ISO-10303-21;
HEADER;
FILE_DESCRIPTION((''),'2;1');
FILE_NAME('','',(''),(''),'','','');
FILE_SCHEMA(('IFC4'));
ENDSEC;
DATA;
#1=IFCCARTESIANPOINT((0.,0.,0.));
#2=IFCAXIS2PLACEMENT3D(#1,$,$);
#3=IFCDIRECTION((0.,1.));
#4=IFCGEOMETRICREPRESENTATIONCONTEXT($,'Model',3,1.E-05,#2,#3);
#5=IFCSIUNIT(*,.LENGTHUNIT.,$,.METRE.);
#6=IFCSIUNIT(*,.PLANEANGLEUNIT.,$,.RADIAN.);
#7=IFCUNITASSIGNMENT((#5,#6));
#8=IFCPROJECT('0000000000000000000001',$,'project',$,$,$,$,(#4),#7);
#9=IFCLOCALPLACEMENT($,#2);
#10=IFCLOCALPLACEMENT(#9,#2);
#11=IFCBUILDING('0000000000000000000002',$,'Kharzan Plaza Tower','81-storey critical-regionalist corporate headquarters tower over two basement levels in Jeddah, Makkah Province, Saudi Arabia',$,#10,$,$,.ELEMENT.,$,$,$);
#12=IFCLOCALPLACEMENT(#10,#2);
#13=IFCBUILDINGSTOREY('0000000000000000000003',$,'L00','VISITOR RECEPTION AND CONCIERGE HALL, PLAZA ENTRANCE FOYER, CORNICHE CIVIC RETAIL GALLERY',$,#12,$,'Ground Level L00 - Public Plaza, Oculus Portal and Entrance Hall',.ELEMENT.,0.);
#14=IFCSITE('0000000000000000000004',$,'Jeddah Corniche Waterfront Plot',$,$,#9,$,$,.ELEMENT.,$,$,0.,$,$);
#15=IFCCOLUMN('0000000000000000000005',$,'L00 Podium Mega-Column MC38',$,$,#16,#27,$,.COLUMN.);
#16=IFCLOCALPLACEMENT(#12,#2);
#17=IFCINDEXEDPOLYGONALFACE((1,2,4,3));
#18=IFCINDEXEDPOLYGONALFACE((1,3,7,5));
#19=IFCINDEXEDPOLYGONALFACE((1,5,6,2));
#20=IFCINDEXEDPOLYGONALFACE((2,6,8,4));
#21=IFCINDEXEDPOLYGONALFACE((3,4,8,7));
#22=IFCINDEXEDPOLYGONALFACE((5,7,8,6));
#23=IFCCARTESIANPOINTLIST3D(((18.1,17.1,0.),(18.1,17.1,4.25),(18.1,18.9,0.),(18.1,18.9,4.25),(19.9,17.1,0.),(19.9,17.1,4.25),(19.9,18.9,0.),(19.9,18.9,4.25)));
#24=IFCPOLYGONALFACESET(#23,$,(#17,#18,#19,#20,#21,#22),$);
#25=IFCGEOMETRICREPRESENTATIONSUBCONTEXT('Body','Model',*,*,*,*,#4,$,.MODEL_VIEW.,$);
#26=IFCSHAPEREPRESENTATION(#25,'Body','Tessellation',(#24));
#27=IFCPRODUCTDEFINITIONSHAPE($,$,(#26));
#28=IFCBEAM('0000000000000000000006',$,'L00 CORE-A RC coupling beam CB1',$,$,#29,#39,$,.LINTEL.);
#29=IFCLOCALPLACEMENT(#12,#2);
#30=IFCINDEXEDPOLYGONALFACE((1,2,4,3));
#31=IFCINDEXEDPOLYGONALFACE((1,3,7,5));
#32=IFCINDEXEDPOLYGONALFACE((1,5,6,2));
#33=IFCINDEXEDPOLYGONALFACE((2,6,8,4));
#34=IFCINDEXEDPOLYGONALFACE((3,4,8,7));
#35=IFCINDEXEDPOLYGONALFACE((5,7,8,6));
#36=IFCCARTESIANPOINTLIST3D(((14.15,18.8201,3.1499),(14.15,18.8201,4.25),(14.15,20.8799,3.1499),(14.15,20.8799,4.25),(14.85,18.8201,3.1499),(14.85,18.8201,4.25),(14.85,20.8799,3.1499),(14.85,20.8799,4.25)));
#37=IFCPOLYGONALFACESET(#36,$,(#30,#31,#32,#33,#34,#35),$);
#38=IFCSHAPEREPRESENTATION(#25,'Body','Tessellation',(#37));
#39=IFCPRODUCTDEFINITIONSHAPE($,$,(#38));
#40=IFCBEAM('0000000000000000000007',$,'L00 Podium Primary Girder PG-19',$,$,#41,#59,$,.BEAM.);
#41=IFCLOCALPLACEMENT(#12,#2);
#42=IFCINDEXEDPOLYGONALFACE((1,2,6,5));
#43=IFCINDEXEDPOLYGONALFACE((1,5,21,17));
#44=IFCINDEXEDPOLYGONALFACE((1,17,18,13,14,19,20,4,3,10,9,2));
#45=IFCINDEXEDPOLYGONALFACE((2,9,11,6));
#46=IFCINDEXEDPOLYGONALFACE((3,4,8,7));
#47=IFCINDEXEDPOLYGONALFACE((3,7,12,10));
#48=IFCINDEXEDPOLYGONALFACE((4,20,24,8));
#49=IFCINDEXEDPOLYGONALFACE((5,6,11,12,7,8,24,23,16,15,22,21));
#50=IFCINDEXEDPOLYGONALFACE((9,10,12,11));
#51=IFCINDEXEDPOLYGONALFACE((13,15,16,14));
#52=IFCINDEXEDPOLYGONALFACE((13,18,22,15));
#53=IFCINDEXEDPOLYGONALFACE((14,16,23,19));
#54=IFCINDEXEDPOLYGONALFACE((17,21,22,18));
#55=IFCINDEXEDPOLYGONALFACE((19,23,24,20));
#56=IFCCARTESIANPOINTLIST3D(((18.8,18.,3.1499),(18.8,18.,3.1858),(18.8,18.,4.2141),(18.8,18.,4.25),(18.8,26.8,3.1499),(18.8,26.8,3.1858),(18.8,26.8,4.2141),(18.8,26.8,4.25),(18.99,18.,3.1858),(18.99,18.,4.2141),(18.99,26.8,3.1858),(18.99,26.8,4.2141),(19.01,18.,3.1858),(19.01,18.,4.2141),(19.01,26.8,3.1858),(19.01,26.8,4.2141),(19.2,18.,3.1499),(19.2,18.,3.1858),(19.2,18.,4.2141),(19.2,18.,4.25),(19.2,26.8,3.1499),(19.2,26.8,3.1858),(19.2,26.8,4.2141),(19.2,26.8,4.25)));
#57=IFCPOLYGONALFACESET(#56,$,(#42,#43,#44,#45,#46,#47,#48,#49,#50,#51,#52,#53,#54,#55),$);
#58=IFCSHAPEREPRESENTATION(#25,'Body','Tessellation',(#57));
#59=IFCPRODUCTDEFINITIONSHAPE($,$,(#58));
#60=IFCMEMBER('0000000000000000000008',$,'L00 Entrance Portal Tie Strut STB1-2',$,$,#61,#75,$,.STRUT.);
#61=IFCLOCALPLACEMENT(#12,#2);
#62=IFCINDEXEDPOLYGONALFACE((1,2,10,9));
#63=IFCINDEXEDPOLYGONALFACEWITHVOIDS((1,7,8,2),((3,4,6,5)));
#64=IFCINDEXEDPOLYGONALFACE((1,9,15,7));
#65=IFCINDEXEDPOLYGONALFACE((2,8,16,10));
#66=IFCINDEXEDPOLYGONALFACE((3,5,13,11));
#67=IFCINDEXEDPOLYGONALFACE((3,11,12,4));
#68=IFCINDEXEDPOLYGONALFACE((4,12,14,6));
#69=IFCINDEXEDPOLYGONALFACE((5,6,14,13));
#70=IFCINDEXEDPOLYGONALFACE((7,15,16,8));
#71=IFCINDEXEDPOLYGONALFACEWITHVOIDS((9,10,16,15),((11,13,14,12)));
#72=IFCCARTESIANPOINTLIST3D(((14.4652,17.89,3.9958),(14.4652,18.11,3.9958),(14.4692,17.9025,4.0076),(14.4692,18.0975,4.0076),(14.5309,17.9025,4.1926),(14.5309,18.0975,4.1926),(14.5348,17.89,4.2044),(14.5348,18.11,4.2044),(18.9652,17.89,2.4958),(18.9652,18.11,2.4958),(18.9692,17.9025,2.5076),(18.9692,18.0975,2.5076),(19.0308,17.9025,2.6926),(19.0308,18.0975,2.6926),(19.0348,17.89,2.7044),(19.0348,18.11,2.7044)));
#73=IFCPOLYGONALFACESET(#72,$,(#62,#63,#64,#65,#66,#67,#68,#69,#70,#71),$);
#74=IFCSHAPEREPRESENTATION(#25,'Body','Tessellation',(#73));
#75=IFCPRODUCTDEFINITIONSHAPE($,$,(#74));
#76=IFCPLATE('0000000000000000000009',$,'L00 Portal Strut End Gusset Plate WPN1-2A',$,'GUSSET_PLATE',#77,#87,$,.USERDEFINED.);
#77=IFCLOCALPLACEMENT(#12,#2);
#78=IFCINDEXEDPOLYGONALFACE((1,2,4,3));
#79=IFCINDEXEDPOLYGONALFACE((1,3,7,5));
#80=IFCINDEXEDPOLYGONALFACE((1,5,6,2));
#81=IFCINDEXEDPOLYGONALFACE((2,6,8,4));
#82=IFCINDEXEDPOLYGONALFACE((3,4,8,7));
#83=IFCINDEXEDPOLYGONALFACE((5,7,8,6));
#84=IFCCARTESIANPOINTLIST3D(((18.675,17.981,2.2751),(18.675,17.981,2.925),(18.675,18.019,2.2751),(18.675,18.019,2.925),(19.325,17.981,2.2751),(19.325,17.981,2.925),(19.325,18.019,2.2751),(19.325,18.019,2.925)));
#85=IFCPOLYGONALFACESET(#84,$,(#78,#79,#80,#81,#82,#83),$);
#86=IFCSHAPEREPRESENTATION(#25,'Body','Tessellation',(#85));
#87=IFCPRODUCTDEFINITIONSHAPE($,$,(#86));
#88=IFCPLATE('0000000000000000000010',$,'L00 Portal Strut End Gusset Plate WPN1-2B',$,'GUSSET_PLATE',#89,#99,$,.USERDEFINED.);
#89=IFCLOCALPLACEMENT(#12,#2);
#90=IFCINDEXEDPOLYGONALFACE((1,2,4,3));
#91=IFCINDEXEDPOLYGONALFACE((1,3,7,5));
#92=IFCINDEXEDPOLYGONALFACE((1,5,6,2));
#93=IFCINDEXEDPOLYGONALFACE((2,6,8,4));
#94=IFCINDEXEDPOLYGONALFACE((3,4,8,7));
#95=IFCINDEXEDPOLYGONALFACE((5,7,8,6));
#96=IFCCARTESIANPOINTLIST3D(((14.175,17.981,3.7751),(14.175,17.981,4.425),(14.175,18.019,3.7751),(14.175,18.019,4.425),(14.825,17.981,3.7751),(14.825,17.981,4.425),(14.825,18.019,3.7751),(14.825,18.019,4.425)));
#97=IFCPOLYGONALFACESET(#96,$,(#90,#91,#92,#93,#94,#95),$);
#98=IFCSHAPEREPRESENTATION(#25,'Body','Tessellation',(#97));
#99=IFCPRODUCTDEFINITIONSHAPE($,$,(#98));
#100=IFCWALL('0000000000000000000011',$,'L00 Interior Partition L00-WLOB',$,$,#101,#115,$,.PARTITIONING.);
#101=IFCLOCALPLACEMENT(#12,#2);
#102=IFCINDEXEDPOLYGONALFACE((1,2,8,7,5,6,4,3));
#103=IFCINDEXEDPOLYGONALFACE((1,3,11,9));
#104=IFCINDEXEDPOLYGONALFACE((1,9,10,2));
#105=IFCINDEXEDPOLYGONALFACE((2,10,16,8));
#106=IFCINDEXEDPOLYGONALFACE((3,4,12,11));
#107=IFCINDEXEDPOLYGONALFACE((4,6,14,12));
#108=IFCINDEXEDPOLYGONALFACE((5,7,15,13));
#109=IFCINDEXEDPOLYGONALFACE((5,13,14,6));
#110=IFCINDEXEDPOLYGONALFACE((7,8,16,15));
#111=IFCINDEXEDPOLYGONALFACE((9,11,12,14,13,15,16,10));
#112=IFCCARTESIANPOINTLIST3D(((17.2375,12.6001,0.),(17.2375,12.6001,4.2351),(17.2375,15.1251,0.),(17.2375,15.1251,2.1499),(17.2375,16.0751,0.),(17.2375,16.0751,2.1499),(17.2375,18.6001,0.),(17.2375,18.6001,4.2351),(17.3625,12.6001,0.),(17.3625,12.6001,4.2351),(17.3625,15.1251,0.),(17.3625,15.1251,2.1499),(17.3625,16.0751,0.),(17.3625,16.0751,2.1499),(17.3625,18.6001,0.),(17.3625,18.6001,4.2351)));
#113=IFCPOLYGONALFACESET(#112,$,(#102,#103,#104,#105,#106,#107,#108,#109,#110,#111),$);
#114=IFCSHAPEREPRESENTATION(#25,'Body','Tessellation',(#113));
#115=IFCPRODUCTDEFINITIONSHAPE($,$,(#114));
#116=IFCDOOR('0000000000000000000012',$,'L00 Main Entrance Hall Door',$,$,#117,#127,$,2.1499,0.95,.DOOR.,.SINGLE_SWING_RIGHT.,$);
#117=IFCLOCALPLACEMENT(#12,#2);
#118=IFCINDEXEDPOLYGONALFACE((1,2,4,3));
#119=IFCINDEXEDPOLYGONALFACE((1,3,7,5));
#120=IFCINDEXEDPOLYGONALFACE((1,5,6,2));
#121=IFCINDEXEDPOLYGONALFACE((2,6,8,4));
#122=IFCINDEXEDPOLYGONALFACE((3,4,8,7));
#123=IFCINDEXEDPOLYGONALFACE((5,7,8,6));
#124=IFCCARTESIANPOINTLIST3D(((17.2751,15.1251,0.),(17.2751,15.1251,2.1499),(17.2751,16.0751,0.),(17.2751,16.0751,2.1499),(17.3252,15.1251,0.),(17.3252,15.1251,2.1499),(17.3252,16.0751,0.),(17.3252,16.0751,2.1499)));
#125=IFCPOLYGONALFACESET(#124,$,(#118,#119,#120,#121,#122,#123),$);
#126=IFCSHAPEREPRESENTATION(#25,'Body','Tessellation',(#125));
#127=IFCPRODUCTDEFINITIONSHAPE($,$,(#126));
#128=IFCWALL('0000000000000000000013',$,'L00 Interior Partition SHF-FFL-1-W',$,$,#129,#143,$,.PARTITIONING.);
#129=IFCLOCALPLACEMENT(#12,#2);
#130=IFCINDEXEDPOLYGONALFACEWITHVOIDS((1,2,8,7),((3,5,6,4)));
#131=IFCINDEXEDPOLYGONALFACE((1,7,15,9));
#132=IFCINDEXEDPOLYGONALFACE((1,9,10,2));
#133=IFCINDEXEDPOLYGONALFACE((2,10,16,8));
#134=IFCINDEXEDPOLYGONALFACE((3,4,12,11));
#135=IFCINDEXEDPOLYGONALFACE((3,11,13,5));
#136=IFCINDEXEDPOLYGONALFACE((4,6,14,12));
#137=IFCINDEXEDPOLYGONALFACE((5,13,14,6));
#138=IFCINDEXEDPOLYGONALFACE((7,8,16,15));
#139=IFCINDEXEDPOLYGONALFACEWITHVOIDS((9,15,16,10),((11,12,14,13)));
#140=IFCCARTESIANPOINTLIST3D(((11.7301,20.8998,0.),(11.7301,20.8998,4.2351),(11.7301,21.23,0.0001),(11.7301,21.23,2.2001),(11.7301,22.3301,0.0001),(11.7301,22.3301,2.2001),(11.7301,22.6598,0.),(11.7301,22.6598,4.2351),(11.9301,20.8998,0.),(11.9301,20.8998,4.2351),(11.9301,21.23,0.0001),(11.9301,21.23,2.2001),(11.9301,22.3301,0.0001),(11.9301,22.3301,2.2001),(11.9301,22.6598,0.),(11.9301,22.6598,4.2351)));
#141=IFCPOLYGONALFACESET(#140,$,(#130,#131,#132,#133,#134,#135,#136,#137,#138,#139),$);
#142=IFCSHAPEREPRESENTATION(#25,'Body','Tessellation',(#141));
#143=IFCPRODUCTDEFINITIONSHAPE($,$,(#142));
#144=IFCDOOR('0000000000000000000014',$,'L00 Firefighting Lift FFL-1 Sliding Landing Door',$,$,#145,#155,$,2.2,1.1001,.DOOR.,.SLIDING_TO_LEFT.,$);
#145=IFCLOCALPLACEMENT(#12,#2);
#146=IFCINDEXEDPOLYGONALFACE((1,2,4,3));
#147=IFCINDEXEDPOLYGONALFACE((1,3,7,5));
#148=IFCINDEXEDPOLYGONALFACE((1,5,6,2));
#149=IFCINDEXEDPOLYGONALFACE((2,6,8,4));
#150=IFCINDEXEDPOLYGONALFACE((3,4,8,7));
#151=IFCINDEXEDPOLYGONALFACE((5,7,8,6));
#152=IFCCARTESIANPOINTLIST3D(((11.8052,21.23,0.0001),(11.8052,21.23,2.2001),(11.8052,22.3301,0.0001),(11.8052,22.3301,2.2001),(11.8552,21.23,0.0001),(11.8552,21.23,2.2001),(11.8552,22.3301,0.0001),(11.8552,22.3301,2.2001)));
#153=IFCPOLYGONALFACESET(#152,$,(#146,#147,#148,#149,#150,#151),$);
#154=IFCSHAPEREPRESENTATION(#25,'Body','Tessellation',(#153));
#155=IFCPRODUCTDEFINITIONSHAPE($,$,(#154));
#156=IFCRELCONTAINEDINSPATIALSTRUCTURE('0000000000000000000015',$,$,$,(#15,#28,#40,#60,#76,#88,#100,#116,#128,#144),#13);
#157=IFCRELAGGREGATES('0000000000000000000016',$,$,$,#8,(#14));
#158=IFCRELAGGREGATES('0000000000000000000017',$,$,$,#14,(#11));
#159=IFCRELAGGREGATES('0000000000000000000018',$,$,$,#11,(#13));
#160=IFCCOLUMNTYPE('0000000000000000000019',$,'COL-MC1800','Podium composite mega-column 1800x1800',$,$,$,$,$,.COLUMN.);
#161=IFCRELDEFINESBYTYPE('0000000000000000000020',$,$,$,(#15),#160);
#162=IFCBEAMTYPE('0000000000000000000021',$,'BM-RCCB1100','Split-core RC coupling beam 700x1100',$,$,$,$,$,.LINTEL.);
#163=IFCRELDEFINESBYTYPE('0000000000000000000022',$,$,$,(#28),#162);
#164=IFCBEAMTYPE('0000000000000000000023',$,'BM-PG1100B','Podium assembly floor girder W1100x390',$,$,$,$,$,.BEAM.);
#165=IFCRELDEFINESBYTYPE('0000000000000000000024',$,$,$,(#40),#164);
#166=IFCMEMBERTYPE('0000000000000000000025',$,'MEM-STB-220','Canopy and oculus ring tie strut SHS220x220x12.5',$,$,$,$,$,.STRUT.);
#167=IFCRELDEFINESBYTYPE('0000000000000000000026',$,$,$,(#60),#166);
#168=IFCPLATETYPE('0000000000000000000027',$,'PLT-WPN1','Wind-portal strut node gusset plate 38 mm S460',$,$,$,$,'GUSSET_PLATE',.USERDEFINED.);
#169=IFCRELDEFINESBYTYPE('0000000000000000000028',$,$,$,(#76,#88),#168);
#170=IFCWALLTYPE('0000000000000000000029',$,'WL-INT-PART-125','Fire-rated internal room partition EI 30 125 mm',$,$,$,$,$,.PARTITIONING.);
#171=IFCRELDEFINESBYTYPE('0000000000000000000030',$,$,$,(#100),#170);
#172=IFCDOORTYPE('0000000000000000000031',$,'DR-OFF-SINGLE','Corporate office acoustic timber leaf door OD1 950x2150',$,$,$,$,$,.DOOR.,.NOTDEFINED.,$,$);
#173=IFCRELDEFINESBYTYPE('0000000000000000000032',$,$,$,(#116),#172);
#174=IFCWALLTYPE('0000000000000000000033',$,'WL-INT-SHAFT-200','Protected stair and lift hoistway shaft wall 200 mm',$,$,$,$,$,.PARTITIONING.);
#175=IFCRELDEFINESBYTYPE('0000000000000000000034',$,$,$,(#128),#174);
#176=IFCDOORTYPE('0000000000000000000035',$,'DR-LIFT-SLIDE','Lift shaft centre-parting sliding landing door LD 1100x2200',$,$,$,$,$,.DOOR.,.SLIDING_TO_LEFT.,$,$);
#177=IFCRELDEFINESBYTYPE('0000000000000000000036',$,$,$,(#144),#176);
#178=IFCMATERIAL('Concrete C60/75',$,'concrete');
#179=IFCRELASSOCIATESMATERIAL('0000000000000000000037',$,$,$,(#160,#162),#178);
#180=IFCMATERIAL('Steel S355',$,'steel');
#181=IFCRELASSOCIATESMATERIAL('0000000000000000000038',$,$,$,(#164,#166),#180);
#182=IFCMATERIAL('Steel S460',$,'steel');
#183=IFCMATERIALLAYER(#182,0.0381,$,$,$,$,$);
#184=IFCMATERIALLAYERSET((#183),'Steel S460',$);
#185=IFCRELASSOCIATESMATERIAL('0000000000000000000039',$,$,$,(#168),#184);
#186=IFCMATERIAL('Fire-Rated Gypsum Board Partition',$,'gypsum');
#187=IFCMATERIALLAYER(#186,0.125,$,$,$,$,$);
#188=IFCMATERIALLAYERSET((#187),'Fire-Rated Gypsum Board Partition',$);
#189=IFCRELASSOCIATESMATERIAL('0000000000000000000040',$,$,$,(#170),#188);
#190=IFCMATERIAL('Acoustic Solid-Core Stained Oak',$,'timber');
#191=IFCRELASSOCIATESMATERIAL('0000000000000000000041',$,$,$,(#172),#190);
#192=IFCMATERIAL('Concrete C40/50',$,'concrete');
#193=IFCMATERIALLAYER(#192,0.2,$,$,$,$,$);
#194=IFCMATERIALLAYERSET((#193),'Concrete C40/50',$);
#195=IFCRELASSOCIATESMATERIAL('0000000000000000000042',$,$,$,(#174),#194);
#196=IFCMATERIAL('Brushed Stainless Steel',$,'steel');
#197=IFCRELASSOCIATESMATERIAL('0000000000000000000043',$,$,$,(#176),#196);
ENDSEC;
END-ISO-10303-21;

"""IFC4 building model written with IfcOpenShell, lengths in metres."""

from ifc_helpers import new_model, si_unit, direction, frame, frame_2d, origin, origin_2d, place, context, subcontext, project, spatial, rectangle, hollow_rectangle, i_section, extrude, source, transform, mapped, material, layer, layer_set, material_profile, profile_set, type_object, element, fill, save


model = new_model("IFC4")

# Units and contexts
model_context = context("Model", 3, precision=1e-05, world=origin(), true_north=direction((0.0, 1.0)))
body_context = subcontext(model_context, "Body", "Model", "MODEL_VIEW")
ifc_project = project(units=[si_unit("LENGTHUNIT", "METRE"), si_unit("PLANEANGLEUNIT", "RADIAN")], contexts=[model_context])

# Site, building, storey
site_placement = place(None, origin())
site = spatial("IfcSite", under=ifc_project, at=site_placement, Name="Jeddah Corniche Waterfront Plot", CompositionType="ELEMENT", RefElevation=0.0)
building_placement = place(site_placement, origin())
building = spatial("IfcBuilding", under=site, at=building_placement, Name="Kharzan Plaza Tower", Description="81-storey critical-regionalist corporate headquarters tower over two basement levels in Jeddah, Makkah Province, Saudi Arabia", CompositionType="ELEMENT")
storey_placement = place(building_placement, origin())
storey = spatial("IfcBuildingStorey", under=building, at=storey_placement, Name="L00", Description="VISITOR RECEPTION AND CONCIERGE HALL, PLAZA ENTRANCE FOYER, CORNICHE CIVIC RETAIL GALLERY", LongName="Ground Level L00 - Public Plaza, Oculus Portal and Entrance Hall", CompositionType="ELEMENT", Elevation=0.0)

# Column
ifc_material_1 = material(Name="Concrete C60/75", Category="concrete")
ifc_material_profile_1 = material_profile(ifc_material_1, rectangle(XDim=1.8, YDim=1.8, at=origin_2d()), Name="RC-MC1800x1800")
ifc_profile_set_1 = profile_set([ifc_material_profile_1], Name="Concrete C60/75")
column_type = type_object("IfcColumnType", Name="COL-MC1800", Description="Podium composite mega-column 1800x1800", PredefinedType="COLUMN", material=ifc_profile_set_1)
shared_shape_1 = source(origin(), body_context, "Body", "SweptSolid", [
    extrude(rectangle(XDim=1.8, YDim=1.8, at=origin_2d()), origin(), (0.0, 0.0, 1.0), 4.25),
])
column_placement = place(storey_placement, frame((19.0, 18.0, 0.0), z_axis=(0.0, 0.0, 1.0), x_axis=(1.0, 0.0, 0.0)))
element("IfcColumn", 1, at=column_placement, inside=storey, type_object=column_type, Name="L00 Podium Mega-Column MC38", PredefinedType="COLUMN", context=body_context, shape_type="MappedRepresentation", body=[
    mapped(shared_shape_1, transform((0.0, 0.0, 0.0), x_axis=(1.0, 0.0, 0.0), y_axis=(0.0, 1.0, 0.0), z_axis=(0.0, 0.0, 1.0))),
])

# Beams
ifc_material_profile_2 = material_profile(ifc_material_1, rectangle(XDim=0.7, YDim=1.1001, at=origin_2d()), Name="RC-CB1100x700")
ifc_profile_set_2 = profile_set([ifc_material_profile_2], Name="Concrete C60/75")
beam_type_1 = type_object("IfcBeamType", Name="BM-RCCB1100", Description="Split-core RC coupling beam 700x1100", PredefinedType="LINTEL", material=ifc_profile_set_2)
shared_shape_2 = source(origin(), body_context, "Body", "SweptSolid", [
    extrude(rectangle(XDim=0.7, YDim=1.1001, at=origin_2d()), origin(), (0.0, 0.0, 1.0), 2.0598),
])
beam_1_placement = place(storey_placement, frame((14.5, 18.8201, 3.7), z_axis=(0.0, 1.0, 0.0), x_axis=(-1.0, 0.0, 0.0)))
element("IfcBeam", 2, at=beam_1_placement, inside=storey, type_object=beam_type_1, Name="L00 CORE-A RC coupling beam CB1", PredefinedType="LINTEL", context=body_context, shape_type="MappedRepresentation", body=[
    mapped(shared_shape_2, transform((0.0, 0.0, 0.0), x_axis=(1.0, 0.0, 0.0), y_axis=(0.0, 1.0, 0.0), z_axis=(0.0, 0.0, 1.0))),
])
ifc_material_2 = material(Name="Steel S355", Category="steel")
ifc_material_profile_3 = material_profile(ifc_material_2, i_section(OverallWidth=0.3999, OverallDepth=1.1001, WebThickness=0.02, FlangeThickness=0.0359, at=origin_2d()), Name="W1100x390")
ifc_profile_set_3 = profile_set([ifc_material_profile_3], Name="Steel S355")
beam_type_2 = type_object("IfcBeamType", Name="BM-PG1100B", Description="Podium assembly floor girder W1100x390", PredefinedType="BEAM", material=ifc_profile_set_3)
shared_shape_3 = source(origin(), body_context, "Body", "SweptSolid", [
    extrude(i_section(OverallWidth=0.3999, OverallDepth=1.1001, WebThickness=0.02, FlangeThickness=0.0359, at=origin_2d()), origin(), (0.0, 0.0, 1.0), 8.8),
])
beam_2_placement = place(storey_placement, frame((19.0, 18.0, 3.7), z_axis=(0.0, 1.0, 0.0), x_axis=(-1.0, 0.0, 0.0)))
element("IfcBeam", 3, at=beam_2_placement, inside=storey, type_object=beam_type_2, Name="L00 Podium Primary Girder PG-19", PredefinedType="BEAM", context=body_context, shape_type="MappedRepresentation", body=[
    mapped(shared_shape_3, transform((0.0, 0.0, 0.0), x_axis=(1.0, 0.0, 0.0), y_axis=(0.0, 1.0, 0.0), z_axis=(0.0, 0.0, 1.0))),
])

# Member
ifc_material_profile_4 = material_profile(ifc_material_2, hollow_rectangle(XDim=0.22, YDim=0.22, WallThickness=0.0125, at=origin_2d()), Name="SHS220x220x12.5")
ifc_profile_set_4 = profile_set([ifc_material_profile_4], Name="Steel S355")
member_type = type_object("IfcMemberType", Name="MEM-STB-220", Description="Canopy and oculus ring tie strut SHS220x220x12.5", PredefinedType="STRUT", material=ifc_profile_set_4)
shared_shape_4 = source(origin(), body_context, "Body", "SweptSolid", [
    extrude(hollow_rectangle(XDim=0.22, YDim=0.22, WallThickness=0.0125, at=origin_2d()), origin(), (0.0, 0.0, 1.0), 4.7434),
])
member_placement = place(storey_placement, frame((19.0, 18.0, 2.6001), z_axis=(-0.948683, 0.0, 0.316228), x_axis=(0.0, -1.0, 0.0)))
element("IfcMember", 4, at=member_placement, inside=storey, type_object=member_type, Name="L00 Entrance Portal Tie Strut STB1-2", PredefinedType="STRUT", context=body_context, shape_type="MappedRepresentation", body=[
    mapped(shared_shape_4, transform((0.0, 0.0, 0.0), x_axis=(1.0, 0.0, 0.0), y_axis=(0.0, 1.0, 0.0), z_axis=(0.0, 0.0, 1.0))),
])

# Plates
ifc_material_3 = material(Name="Steel S460", Category="steel")
ifc_layer_1 = layer(ifc_material_3, 0.0381)
ifc_layer_set_1 = layer_set([ifc_layer_1], Name="Steel S460")
plate_type = type_object("IfcPlateType", Name="PLT-WPN1", Description="Wind-portal strut node gusset plate 38 mm S460", ElementType="GUSSET_PLATE", PredefinedType="USERDEFINED", material=ifc_layer_set_1)
shared_shape_5 = source(origin(), body_context, "Body", "SweptSolid", [
    extrude(rectangle(XDim=0.6499, YDim=0.0381, at=origin_2d()), origin(), (0.0, 0.0, 1.0), 0.6499),
])
for number, where, z_axis, x_axis, name in (
    (5, (19.0, 18.0, 2.2751), (0.0, 0.0, 1.0), (1.0, 0.0, 0.0), "L00 Portal Strut End Gusset Plate WPN1-2A"),
    (6, (14.5, 18.0, 3.7751), (0.0, 0.0, 1.0), (1.0, 0.0, 0.0), "L00 Portal Strut End Gusset Plate WPN1-2B"),
):
    element("IfcPlate", number, at=place(storey_placement, frame(where, z_axis=z_axis, x_axis=x_axis)), inside=storey, type_object=plate_type, Name=name, ObjectType="GUSSET_PLATE", PredefinedType="USERDEFINED", context=body_context, shape_type="MappedRepresentation", body=[
        mapped(shared_shape_5, transform((0.0, 0.0, 0.0), x_axis=(1.0, 0.0, 0.0), y_axis=(0.0, 1.0, 0.0), z_axis=(0.0, 0.0, 1.0))),
    ])

# Walls, openings, doors
ifc_material_4 = material(Name="Fire-Rated Gypsum Board Partition", Category="gypsum")
ifc_layer_2 = layer(ifc_material_4, 0.125)
ifc_layer_set_2 = layer_set([ifc_layer_2], Name="Fire-Rated Gypsum Board Partition")
wall_type_1 = type_object("IfcWallType", Name="WL-INT-PART-125", Description="Fire-rated internal room partition EI 30 125 mm", PredefinedType="PARTITIONING", material=ifc_layer_set_2)
wall_1_placement = place(storey_placement, frame((17.3, 12.6001, 0.0), z_axis=(0.0, 0.0, 1.0), x_axis=(0.0, 1.0, 0.0)))
wall_1 = element("IfcWall", 7, at=wall_1_placement, inside=storey, type_object=wall_type_1, Name="L00 Interior Partition L00-WLOB", PredefinedType="PARTITIONING", context=body_context, shape_type="SweptSolid", body=[
    extrude(rectangle(XDim=6.0, YDim=0.125, at=frame_2d((3.0, 0.0))), origin(), (0.0, 0.0, 1.0), 4.2351),
])
opening_1_placement = place(wall_1_placement, frame((2.5249, 0.0, 0.0)))
opening_1 = element("IfcOpeningElement", 8, at=opening_1_placement, cuts=wall_1, PredefinedType="OPENING", context=body_context, shape_type="SweptSolid", body=[
    extrude(rectangle(XDim=0.95, YDim=2.1499, at=frame_2d((0.4751, 1.075))), frame((0.0, 0.0725, 0.0), z_axis=(0.0, -1.0, 0.0), x_axis=(1.0, 0.0, 0.0)), (0.0, 0.0, 1.0), 0.145),
])
ifc_material_5 = material(Name="Acoustic Solid-Core Stained Oak", Category="timber")
door_type_1 = type_object("IfcDoorType", Name="DR-OFF-SINGLE", Description="Corporate office acoustic timber leaf door OD1 950x2150", OperationType="NOTDEFINED", PredefinedType="DOOR", material=ifc_material_5)
shared_shape_6 = source(origin(), body_context, "Body", "SweptSolid", [
    extrude(rectangle(XDim=0.95, YDim=2.1499, at=frame_2d((0.4751, 1.075))), frame((0.0, 0.0249, 0.0), z_axis=(0.0, -1.0, 0.0), x_axis=(1.0, 0.0, 0.0)), (0.0, 0.0, 1.0), 0.05),
])
door_1_placement = place(opening_1_placement, origin())
door_1 = element("IfcDoor", 9, at=door_1_placement, inside=storey, type_object=door_type_1, Name="L00 Main Entrance Hall Door", OperationType="SINGLE_SWING_RIGHT", OverallHeight=2.1499, OverallWidth=0.95, PredefinedType="DOOR", context=body_context, shape_type="MappedRepresentation", body=[
    mapped(shared_shape_6, transform((0.0, 0.0, 0.0), x_axis=(1.0, 0.0, 0.0), y_axis=(0.0, 1.0, 0.0), z_axis=(0.0, 0.0, 1.0))),
])
fill(opening_1, door_1)
ifc_material_6 = material(Name="Concrete C40/50", Category="concrete")
ifc_layer_3 = layer(ifc_material_6, 0.2)
ifc_layer_set_3 = layer_set([ifc_layer_3], Name="Concrete C40/50")
wall_type_2 = type_object("IfcWallType", Name="WL-INT-SHAFT-200", Description="Protected stair and lift hoistway shaft wall 200 mm", PredefinedType="PARTITIONING", material=ifc_layer_set_3)
wall_2_placement = place(storey_placement, frame((11.8301, 20.8999, 0.0), z_axis=(0.0, 0.0, 1.0), x_axis=(0.0, 1.0, 0.0)))
wall_2 = element("IfcWall", 10, at=wall_2_placement, inside=storey, type_object=wall_type_2, Name="L00 Interior Partition SHF-FFL-1-W", PredefinedType="PARTITIONING", context=body_context, shape_type="SweptSolid", body=[
    extrude(rectangle(XDim=1.76, YDim=0.2, at=frame_2d((0.8799, 0.0))), origin(), (0.0, 0.0, 1.0), 4.2351),
])
opening_2_placement = place(wall_2_placement, frame((0.3301, 0.0, 0.0)))
opening_2 = element("IfcOpeningElement", 11, at=opening_2_placement, cuts=wall_2, PredefinedType="OPENING", context=body_context, shape_type="SweptSolid", body=[
    extrude(rectangle(XDim=1.1001, YDim=2.2, at=frame_2d((0.55, 1.1001))), frame((0.0, 0.1099, 0.0), z_axis=(0.0, -1.0, 0.0), x_axis=(1.0, 0.0, 0.0)), (0.0, 0.0, 1.0), 0.22),
])
ifc_material_7 = material(Name="Brushed Stainless Steel", Category="steel")
door_type_2 = type_object("IfcDoorType", Name="DR-LIFT-SLIDE", Description="Lift shaft centre-parting sliding landing door LD 1100x2200", OperationType="SLIDING_TO_LEFT", PredefinedType="DOOR", material=ifc_material_7)
shared_shape_7 = source(origin(), body_context, "Body", "SweptSolid", [
    extrude(rectangle(XDim=1.1001, YDim=2.2, at=frame_2d((0.55, 1.1001))), frame((0.0, 0.0249, 0.0), z_axis=(0.0, -1.0, 0.0), x_axis=(1.0, 0.0, 0.0)), (0.0, 0.0, 1.0), 0.05),
])
door_2_placement = place(opening_2_placement, origin())
door_2 = element("IfcDoor", 12, at=door_2_placement, inside=storey, type_object=door_type_2, Name="L00 Firefighting Lift FFL-1 Sliding Landing Door", OperationType="SLIDING_TO_LEFT", OverallHeight=2.2, OverallWidth=1.1001, PredefinedType="DOOR", context=body_context, shape_type="MappedRepresentation", body=[
    mapped(shared_shape_7, transform((0.0, 0.0, 0.0), x_axis=(1.0, 0.0, 0.0), y_axis=(0.0, 1.0, 0.0), z_axis=(0.0, 0.0, 1.0))),
])
fill(opening_2, door_2)

save(model, "model.ifc")
